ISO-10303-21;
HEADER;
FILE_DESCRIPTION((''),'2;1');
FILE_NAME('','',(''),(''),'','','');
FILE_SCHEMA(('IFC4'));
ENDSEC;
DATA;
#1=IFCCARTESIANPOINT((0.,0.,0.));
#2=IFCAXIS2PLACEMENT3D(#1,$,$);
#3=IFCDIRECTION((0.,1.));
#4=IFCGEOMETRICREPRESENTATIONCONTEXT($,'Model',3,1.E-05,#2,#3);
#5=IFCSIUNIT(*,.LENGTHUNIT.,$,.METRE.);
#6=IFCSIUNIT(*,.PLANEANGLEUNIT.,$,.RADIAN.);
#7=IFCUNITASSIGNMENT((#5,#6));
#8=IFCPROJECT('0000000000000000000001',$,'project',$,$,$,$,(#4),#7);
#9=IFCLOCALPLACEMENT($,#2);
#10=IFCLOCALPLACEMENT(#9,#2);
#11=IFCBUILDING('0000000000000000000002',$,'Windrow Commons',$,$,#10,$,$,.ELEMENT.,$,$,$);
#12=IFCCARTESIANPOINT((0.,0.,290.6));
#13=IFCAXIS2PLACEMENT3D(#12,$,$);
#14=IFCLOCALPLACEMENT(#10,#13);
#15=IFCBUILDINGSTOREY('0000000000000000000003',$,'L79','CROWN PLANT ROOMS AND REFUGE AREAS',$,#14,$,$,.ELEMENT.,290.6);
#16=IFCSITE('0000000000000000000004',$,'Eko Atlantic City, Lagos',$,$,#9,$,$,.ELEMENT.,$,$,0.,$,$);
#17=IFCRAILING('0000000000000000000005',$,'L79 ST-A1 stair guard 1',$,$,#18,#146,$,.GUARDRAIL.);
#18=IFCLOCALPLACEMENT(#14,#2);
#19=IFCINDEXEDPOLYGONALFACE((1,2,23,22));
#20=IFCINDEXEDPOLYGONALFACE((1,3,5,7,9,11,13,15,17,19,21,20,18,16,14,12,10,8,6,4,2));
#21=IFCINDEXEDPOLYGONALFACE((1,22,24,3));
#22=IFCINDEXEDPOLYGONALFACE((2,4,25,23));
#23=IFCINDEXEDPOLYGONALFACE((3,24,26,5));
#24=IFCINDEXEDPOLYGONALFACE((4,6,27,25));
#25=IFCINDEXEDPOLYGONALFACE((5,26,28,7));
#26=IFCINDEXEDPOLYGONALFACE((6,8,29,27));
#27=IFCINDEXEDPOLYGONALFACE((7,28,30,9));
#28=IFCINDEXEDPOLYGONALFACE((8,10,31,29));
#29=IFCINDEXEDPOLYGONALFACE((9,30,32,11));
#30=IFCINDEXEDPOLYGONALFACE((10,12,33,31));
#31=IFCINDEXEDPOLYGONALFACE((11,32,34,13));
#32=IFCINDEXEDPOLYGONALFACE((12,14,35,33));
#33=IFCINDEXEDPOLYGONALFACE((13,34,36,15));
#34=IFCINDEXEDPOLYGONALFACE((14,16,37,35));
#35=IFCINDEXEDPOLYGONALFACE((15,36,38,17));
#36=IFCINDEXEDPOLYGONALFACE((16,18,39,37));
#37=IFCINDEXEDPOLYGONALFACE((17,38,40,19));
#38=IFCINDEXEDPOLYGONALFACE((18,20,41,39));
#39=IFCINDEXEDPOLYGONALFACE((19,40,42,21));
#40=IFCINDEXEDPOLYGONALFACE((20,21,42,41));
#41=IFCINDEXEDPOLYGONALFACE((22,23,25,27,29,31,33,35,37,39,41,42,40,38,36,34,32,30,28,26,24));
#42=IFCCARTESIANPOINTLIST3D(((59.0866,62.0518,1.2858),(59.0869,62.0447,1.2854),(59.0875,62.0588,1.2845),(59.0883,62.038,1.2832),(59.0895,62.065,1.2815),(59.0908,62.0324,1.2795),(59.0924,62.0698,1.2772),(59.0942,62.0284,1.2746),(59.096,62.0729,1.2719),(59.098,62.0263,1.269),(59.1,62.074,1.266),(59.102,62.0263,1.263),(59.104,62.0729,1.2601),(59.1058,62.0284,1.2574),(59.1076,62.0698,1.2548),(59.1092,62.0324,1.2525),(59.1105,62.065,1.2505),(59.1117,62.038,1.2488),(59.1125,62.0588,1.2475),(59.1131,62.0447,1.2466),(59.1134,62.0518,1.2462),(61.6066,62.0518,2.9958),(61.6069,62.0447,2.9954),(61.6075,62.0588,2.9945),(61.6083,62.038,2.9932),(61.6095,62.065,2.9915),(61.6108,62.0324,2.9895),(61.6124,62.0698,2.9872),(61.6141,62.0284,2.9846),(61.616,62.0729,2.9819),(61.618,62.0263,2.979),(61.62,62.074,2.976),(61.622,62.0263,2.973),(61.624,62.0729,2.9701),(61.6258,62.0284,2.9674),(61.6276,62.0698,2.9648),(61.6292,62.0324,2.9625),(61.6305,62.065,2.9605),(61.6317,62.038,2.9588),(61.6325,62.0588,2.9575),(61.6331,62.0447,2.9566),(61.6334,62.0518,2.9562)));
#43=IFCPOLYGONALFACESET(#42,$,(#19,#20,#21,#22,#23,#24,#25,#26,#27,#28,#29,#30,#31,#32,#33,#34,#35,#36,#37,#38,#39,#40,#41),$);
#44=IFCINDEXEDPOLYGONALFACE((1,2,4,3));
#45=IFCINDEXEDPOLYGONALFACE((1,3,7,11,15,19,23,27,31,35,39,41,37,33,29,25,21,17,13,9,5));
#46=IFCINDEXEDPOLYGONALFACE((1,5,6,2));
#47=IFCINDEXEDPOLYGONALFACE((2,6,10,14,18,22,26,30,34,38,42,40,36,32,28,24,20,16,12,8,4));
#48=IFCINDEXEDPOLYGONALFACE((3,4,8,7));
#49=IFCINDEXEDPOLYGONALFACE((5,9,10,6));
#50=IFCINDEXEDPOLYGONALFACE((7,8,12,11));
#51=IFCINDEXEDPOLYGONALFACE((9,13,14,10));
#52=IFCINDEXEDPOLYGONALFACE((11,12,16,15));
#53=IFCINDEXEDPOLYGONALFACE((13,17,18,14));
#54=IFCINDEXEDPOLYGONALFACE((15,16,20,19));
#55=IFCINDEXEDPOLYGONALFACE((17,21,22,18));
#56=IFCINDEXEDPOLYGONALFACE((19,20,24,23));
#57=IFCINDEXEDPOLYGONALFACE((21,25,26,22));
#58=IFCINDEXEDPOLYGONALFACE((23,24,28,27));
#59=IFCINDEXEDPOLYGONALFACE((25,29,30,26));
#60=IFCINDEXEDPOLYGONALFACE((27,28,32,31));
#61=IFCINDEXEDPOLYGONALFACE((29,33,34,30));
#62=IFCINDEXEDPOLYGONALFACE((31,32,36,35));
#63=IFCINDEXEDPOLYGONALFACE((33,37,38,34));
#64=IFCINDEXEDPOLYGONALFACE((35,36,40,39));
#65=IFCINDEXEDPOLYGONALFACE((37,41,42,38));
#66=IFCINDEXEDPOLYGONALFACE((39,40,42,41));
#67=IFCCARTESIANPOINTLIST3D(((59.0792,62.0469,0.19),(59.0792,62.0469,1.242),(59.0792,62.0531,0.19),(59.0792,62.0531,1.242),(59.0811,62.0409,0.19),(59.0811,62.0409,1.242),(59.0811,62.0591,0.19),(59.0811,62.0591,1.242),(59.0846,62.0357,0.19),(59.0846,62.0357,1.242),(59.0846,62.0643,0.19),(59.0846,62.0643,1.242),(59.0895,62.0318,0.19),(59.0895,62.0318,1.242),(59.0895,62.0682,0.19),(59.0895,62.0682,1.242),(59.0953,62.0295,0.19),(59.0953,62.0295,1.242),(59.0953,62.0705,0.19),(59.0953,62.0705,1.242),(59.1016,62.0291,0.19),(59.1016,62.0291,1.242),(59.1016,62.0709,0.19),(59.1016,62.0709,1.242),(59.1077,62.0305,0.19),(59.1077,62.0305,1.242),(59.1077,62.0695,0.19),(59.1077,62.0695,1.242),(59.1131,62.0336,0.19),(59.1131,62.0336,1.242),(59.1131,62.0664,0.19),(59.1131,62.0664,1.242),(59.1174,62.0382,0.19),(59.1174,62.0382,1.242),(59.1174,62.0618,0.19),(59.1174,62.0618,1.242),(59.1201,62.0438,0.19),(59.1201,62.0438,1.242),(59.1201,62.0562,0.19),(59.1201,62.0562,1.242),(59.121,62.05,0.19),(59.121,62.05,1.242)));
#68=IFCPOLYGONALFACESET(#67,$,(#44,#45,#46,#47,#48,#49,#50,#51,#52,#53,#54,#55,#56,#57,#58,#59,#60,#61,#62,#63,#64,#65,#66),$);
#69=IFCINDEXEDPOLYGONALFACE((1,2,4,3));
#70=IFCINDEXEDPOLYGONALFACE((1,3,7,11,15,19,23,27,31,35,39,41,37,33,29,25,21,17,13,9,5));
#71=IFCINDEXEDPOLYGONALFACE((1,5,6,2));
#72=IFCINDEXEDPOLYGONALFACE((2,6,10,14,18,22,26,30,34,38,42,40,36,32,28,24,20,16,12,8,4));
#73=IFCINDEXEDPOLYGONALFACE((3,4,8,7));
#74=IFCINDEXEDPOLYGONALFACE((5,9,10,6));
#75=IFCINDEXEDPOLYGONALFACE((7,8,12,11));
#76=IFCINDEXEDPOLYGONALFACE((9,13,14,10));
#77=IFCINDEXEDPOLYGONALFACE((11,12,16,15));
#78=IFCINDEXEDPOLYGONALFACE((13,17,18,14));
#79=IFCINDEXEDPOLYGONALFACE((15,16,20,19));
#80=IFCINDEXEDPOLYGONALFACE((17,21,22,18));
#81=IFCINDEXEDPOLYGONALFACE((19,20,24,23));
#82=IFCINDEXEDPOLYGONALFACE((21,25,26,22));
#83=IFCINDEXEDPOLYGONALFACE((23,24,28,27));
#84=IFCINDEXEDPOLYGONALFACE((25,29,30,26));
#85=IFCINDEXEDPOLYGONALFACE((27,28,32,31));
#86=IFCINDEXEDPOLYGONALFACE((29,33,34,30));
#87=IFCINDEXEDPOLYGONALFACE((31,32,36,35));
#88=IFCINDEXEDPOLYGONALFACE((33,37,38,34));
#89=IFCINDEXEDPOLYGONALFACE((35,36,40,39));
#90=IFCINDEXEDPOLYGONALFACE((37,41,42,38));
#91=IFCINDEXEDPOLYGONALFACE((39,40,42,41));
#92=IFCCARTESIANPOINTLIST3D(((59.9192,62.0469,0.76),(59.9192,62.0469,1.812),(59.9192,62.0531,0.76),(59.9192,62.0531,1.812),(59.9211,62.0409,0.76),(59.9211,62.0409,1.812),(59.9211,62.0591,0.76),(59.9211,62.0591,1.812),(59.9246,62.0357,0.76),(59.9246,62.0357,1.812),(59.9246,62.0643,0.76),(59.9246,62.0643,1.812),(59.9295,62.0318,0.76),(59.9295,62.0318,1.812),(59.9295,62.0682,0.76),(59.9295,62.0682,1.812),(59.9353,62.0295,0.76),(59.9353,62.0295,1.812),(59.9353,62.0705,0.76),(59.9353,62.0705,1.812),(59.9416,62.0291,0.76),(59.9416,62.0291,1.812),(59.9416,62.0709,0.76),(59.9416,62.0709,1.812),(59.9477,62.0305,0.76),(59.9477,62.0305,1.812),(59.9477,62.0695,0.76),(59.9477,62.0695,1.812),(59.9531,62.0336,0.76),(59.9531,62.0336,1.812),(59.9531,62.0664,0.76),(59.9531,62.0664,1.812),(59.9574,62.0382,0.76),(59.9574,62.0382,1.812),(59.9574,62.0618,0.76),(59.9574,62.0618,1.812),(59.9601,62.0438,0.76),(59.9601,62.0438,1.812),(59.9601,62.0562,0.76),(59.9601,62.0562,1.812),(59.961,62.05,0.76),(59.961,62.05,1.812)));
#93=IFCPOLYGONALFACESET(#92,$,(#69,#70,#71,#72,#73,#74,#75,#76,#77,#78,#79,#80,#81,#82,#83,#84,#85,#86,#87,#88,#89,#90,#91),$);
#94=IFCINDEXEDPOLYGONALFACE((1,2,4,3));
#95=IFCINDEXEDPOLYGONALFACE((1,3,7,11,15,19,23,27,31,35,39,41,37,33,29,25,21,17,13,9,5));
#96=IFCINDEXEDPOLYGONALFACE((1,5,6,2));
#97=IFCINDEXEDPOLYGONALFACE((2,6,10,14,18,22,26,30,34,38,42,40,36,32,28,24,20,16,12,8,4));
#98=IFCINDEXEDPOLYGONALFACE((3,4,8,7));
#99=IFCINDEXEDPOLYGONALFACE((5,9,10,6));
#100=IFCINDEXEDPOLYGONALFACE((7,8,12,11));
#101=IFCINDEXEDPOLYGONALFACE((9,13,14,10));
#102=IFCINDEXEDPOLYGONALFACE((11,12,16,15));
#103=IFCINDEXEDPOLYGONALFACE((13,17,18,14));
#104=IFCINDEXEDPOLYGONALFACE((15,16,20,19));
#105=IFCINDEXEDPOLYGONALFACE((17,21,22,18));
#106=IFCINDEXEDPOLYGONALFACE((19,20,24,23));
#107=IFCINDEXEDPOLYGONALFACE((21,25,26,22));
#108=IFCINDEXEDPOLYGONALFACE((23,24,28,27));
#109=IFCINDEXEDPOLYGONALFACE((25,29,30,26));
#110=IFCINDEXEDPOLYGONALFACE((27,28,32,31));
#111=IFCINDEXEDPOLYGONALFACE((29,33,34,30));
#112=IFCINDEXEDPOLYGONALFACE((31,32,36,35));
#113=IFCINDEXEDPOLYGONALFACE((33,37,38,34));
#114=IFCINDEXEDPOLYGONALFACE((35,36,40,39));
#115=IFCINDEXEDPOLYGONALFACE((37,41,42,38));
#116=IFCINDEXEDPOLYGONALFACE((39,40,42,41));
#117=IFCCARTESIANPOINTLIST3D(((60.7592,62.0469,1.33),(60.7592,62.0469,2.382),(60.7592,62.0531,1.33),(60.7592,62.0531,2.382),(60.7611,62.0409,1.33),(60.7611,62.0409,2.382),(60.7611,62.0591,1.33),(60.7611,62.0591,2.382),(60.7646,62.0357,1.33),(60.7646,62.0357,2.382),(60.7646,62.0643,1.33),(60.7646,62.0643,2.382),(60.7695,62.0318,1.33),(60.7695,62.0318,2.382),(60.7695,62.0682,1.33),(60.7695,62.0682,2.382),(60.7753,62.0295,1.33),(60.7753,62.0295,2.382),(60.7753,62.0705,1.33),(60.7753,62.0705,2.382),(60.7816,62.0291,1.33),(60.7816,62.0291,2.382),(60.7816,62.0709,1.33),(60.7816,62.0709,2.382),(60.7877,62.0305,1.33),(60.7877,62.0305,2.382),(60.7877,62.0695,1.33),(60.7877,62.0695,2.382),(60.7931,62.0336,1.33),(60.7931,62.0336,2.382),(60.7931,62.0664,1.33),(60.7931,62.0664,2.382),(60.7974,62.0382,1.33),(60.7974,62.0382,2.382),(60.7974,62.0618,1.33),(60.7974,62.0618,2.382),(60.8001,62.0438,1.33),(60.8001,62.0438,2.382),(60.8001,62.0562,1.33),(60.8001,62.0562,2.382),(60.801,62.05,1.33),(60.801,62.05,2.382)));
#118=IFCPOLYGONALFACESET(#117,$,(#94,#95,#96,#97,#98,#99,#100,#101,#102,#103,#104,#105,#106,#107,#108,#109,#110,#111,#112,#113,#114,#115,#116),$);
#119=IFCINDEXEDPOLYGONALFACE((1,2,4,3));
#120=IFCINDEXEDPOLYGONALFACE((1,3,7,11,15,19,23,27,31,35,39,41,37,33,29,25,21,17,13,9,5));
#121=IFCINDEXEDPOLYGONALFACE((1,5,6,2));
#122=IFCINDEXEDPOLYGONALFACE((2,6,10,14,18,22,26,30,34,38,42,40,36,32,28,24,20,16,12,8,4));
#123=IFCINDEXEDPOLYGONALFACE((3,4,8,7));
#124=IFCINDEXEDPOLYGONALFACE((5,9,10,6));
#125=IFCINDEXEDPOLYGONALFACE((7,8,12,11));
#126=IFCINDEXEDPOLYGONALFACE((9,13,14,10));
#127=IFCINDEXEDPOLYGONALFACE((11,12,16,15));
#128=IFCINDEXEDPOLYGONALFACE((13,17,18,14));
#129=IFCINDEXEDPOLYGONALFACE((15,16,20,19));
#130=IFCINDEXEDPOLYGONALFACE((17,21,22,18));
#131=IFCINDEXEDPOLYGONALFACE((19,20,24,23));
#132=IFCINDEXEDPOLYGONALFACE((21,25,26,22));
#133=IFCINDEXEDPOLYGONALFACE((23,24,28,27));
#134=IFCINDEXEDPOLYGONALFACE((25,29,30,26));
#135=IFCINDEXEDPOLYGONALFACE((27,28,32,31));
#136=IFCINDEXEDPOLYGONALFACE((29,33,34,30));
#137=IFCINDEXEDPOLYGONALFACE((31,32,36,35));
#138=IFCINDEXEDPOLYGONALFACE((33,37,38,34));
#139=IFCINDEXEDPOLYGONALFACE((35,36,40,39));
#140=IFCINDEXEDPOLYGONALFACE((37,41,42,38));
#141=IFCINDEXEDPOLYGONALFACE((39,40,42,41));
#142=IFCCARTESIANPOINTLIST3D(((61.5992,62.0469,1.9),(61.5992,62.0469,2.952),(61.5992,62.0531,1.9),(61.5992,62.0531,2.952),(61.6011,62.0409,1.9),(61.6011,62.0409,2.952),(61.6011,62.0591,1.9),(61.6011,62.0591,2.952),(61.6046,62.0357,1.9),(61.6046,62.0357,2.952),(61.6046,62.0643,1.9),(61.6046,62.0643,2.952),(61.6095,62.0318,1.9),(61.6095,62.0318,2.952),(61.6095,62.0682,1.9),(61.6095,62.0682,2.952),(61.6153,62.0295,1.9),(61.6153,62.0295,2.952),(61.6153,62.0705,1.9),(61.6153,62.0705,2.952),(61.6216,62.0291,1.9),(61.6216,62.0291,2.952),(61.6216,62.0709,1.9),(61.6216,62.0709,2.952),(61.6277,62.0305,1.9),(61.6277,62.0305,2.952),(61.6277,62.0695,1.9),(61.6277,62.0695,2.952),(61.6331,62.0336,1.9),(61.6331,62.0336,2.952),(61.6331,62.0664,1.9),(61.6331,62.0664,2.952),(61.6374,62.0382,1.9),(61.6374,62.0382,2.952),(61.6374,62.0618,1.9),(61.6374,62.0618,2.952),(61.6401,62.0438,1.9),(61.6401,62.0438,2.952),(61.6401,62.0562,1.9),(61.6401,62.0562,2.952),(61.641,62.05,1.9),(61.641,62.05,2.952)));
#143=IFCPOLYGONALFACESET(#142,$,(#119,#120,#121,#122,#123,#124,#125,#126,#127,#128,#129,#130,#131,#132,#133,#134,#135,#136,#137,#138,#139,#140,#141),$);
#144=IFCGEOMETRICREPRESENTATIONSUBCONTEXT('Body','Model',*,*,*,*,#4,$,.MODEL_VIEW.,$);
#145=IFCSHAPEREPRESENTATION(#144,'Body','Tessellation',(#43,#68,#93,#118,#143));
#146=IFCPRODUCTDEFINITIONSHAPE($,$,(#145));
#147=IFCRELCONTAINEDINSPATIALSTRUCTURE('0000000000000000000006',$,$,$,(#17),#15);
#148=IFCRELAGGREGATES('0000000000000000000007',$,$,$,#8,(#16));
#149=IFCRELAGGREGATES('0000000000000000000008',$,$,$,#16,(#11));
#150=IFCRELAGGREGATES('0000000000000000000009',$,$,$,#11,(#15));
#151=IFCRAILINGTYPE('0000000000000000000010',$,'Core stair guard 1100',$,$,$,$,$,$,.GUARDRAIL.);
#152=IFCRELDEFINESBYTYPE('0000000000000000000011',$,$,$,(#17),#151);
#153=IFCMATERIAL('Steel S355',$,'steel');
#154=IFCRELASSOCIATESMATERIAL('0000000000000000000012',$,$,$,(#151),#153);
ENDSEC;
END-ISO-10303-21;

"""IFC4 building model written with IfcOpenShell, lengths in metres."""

from ifc_helpers import new_model, si_unit, direction, frame, origin, origin_2d, place, context, subcontext, project, spatial, circle, extrude, material, type_object, element, save


model = new_model("IFC4")

# Units and contexts
model_context = context("Model", 3, precision=1e-05, world=origin(), true_north=direction((0.0, 1.0)))
body_context = subcontext(model_context, "Body", "Model", "MODEL_VIEW")
ifc_project = project(units=[si_unit("LENGTHUNIT", "METRE"), si_unit("PLANEANGLEUNIT", "RADIAN")], contexts=[model_context])

# Site, building, storey
site_placement = place(None, origin())
site = spatial("IfcSite", under=ifc_project, at=site_placement, Name="Eko Atlantic City, Lagos", CompositionType="ELEMENT", RefElevation=0.0)
building_placement = place(site_placement, origin())
building = spatial("IfcBuilding", under=site, at=building_placement, Name="Windrow Commons", CompositionType="ELEMENT")
storey_placement = place(building_placement, frame((0.0, 0.0, 290.6)))
storey = spatial("IfcBuildingStorey", under=building, at=storey_placement, Name="L79", Description="CROWN PLANT ROOMS AND REFUGE AREAS", CompositionType="ELEMENT", Elevation=290.6)

# Railing
ifc_material_1 = material(Name="Steel S355", Category="steel")
railing_type_1 = type_object("IfcRailingType", Name="Core stair guard 1100", PredefinedType="GUARDRAIL", material=ifc_material_1)
railing_1_placement = place(storey_placement, frame((59.1, 62.05, 0.19)))
element("IfcRailing", 1, at=railing_1_placement, inside=storey, type_object=railing_type_1, Name="L79 ST-A1 stair guard 1", PredefinedType="GUARDRAIL", context=body_context, shape_type="SweptSolid", body=[
    extrude(circle(Radius=0.024, at=origin_2d()), frame((0.0, 0.0, 1.076), z_axis=(0.827476, 0.0, 0.561501), x_axis=(0.0, 1.0, 0.0)), (0.0, 0.0, 1.0), 3.0454),
    extrude(circle(Radius=0.021, at=origin_2d()), origin(), (0.0, 0.0, 1.0), 1.052),
    extrude(circle(Radius=0.021, at=origin_2d()), frame((0.84, 0.0, 0.57)), (0.0, 0.0, 1.0), 1.052),
    extrude(circle(Radius=0.021, at=origin_2d()), frame((1.68, 0.0, 1.14)), (0.0, 0.0, 1.0), 1.052),
    extrude(circle(Radius=0.021, at=origin_2d()), frame((2.52, 0.0, 1.71)), (0.0, 0.0, 1.0), 1.052),
])

save(model, "model.ifc")
